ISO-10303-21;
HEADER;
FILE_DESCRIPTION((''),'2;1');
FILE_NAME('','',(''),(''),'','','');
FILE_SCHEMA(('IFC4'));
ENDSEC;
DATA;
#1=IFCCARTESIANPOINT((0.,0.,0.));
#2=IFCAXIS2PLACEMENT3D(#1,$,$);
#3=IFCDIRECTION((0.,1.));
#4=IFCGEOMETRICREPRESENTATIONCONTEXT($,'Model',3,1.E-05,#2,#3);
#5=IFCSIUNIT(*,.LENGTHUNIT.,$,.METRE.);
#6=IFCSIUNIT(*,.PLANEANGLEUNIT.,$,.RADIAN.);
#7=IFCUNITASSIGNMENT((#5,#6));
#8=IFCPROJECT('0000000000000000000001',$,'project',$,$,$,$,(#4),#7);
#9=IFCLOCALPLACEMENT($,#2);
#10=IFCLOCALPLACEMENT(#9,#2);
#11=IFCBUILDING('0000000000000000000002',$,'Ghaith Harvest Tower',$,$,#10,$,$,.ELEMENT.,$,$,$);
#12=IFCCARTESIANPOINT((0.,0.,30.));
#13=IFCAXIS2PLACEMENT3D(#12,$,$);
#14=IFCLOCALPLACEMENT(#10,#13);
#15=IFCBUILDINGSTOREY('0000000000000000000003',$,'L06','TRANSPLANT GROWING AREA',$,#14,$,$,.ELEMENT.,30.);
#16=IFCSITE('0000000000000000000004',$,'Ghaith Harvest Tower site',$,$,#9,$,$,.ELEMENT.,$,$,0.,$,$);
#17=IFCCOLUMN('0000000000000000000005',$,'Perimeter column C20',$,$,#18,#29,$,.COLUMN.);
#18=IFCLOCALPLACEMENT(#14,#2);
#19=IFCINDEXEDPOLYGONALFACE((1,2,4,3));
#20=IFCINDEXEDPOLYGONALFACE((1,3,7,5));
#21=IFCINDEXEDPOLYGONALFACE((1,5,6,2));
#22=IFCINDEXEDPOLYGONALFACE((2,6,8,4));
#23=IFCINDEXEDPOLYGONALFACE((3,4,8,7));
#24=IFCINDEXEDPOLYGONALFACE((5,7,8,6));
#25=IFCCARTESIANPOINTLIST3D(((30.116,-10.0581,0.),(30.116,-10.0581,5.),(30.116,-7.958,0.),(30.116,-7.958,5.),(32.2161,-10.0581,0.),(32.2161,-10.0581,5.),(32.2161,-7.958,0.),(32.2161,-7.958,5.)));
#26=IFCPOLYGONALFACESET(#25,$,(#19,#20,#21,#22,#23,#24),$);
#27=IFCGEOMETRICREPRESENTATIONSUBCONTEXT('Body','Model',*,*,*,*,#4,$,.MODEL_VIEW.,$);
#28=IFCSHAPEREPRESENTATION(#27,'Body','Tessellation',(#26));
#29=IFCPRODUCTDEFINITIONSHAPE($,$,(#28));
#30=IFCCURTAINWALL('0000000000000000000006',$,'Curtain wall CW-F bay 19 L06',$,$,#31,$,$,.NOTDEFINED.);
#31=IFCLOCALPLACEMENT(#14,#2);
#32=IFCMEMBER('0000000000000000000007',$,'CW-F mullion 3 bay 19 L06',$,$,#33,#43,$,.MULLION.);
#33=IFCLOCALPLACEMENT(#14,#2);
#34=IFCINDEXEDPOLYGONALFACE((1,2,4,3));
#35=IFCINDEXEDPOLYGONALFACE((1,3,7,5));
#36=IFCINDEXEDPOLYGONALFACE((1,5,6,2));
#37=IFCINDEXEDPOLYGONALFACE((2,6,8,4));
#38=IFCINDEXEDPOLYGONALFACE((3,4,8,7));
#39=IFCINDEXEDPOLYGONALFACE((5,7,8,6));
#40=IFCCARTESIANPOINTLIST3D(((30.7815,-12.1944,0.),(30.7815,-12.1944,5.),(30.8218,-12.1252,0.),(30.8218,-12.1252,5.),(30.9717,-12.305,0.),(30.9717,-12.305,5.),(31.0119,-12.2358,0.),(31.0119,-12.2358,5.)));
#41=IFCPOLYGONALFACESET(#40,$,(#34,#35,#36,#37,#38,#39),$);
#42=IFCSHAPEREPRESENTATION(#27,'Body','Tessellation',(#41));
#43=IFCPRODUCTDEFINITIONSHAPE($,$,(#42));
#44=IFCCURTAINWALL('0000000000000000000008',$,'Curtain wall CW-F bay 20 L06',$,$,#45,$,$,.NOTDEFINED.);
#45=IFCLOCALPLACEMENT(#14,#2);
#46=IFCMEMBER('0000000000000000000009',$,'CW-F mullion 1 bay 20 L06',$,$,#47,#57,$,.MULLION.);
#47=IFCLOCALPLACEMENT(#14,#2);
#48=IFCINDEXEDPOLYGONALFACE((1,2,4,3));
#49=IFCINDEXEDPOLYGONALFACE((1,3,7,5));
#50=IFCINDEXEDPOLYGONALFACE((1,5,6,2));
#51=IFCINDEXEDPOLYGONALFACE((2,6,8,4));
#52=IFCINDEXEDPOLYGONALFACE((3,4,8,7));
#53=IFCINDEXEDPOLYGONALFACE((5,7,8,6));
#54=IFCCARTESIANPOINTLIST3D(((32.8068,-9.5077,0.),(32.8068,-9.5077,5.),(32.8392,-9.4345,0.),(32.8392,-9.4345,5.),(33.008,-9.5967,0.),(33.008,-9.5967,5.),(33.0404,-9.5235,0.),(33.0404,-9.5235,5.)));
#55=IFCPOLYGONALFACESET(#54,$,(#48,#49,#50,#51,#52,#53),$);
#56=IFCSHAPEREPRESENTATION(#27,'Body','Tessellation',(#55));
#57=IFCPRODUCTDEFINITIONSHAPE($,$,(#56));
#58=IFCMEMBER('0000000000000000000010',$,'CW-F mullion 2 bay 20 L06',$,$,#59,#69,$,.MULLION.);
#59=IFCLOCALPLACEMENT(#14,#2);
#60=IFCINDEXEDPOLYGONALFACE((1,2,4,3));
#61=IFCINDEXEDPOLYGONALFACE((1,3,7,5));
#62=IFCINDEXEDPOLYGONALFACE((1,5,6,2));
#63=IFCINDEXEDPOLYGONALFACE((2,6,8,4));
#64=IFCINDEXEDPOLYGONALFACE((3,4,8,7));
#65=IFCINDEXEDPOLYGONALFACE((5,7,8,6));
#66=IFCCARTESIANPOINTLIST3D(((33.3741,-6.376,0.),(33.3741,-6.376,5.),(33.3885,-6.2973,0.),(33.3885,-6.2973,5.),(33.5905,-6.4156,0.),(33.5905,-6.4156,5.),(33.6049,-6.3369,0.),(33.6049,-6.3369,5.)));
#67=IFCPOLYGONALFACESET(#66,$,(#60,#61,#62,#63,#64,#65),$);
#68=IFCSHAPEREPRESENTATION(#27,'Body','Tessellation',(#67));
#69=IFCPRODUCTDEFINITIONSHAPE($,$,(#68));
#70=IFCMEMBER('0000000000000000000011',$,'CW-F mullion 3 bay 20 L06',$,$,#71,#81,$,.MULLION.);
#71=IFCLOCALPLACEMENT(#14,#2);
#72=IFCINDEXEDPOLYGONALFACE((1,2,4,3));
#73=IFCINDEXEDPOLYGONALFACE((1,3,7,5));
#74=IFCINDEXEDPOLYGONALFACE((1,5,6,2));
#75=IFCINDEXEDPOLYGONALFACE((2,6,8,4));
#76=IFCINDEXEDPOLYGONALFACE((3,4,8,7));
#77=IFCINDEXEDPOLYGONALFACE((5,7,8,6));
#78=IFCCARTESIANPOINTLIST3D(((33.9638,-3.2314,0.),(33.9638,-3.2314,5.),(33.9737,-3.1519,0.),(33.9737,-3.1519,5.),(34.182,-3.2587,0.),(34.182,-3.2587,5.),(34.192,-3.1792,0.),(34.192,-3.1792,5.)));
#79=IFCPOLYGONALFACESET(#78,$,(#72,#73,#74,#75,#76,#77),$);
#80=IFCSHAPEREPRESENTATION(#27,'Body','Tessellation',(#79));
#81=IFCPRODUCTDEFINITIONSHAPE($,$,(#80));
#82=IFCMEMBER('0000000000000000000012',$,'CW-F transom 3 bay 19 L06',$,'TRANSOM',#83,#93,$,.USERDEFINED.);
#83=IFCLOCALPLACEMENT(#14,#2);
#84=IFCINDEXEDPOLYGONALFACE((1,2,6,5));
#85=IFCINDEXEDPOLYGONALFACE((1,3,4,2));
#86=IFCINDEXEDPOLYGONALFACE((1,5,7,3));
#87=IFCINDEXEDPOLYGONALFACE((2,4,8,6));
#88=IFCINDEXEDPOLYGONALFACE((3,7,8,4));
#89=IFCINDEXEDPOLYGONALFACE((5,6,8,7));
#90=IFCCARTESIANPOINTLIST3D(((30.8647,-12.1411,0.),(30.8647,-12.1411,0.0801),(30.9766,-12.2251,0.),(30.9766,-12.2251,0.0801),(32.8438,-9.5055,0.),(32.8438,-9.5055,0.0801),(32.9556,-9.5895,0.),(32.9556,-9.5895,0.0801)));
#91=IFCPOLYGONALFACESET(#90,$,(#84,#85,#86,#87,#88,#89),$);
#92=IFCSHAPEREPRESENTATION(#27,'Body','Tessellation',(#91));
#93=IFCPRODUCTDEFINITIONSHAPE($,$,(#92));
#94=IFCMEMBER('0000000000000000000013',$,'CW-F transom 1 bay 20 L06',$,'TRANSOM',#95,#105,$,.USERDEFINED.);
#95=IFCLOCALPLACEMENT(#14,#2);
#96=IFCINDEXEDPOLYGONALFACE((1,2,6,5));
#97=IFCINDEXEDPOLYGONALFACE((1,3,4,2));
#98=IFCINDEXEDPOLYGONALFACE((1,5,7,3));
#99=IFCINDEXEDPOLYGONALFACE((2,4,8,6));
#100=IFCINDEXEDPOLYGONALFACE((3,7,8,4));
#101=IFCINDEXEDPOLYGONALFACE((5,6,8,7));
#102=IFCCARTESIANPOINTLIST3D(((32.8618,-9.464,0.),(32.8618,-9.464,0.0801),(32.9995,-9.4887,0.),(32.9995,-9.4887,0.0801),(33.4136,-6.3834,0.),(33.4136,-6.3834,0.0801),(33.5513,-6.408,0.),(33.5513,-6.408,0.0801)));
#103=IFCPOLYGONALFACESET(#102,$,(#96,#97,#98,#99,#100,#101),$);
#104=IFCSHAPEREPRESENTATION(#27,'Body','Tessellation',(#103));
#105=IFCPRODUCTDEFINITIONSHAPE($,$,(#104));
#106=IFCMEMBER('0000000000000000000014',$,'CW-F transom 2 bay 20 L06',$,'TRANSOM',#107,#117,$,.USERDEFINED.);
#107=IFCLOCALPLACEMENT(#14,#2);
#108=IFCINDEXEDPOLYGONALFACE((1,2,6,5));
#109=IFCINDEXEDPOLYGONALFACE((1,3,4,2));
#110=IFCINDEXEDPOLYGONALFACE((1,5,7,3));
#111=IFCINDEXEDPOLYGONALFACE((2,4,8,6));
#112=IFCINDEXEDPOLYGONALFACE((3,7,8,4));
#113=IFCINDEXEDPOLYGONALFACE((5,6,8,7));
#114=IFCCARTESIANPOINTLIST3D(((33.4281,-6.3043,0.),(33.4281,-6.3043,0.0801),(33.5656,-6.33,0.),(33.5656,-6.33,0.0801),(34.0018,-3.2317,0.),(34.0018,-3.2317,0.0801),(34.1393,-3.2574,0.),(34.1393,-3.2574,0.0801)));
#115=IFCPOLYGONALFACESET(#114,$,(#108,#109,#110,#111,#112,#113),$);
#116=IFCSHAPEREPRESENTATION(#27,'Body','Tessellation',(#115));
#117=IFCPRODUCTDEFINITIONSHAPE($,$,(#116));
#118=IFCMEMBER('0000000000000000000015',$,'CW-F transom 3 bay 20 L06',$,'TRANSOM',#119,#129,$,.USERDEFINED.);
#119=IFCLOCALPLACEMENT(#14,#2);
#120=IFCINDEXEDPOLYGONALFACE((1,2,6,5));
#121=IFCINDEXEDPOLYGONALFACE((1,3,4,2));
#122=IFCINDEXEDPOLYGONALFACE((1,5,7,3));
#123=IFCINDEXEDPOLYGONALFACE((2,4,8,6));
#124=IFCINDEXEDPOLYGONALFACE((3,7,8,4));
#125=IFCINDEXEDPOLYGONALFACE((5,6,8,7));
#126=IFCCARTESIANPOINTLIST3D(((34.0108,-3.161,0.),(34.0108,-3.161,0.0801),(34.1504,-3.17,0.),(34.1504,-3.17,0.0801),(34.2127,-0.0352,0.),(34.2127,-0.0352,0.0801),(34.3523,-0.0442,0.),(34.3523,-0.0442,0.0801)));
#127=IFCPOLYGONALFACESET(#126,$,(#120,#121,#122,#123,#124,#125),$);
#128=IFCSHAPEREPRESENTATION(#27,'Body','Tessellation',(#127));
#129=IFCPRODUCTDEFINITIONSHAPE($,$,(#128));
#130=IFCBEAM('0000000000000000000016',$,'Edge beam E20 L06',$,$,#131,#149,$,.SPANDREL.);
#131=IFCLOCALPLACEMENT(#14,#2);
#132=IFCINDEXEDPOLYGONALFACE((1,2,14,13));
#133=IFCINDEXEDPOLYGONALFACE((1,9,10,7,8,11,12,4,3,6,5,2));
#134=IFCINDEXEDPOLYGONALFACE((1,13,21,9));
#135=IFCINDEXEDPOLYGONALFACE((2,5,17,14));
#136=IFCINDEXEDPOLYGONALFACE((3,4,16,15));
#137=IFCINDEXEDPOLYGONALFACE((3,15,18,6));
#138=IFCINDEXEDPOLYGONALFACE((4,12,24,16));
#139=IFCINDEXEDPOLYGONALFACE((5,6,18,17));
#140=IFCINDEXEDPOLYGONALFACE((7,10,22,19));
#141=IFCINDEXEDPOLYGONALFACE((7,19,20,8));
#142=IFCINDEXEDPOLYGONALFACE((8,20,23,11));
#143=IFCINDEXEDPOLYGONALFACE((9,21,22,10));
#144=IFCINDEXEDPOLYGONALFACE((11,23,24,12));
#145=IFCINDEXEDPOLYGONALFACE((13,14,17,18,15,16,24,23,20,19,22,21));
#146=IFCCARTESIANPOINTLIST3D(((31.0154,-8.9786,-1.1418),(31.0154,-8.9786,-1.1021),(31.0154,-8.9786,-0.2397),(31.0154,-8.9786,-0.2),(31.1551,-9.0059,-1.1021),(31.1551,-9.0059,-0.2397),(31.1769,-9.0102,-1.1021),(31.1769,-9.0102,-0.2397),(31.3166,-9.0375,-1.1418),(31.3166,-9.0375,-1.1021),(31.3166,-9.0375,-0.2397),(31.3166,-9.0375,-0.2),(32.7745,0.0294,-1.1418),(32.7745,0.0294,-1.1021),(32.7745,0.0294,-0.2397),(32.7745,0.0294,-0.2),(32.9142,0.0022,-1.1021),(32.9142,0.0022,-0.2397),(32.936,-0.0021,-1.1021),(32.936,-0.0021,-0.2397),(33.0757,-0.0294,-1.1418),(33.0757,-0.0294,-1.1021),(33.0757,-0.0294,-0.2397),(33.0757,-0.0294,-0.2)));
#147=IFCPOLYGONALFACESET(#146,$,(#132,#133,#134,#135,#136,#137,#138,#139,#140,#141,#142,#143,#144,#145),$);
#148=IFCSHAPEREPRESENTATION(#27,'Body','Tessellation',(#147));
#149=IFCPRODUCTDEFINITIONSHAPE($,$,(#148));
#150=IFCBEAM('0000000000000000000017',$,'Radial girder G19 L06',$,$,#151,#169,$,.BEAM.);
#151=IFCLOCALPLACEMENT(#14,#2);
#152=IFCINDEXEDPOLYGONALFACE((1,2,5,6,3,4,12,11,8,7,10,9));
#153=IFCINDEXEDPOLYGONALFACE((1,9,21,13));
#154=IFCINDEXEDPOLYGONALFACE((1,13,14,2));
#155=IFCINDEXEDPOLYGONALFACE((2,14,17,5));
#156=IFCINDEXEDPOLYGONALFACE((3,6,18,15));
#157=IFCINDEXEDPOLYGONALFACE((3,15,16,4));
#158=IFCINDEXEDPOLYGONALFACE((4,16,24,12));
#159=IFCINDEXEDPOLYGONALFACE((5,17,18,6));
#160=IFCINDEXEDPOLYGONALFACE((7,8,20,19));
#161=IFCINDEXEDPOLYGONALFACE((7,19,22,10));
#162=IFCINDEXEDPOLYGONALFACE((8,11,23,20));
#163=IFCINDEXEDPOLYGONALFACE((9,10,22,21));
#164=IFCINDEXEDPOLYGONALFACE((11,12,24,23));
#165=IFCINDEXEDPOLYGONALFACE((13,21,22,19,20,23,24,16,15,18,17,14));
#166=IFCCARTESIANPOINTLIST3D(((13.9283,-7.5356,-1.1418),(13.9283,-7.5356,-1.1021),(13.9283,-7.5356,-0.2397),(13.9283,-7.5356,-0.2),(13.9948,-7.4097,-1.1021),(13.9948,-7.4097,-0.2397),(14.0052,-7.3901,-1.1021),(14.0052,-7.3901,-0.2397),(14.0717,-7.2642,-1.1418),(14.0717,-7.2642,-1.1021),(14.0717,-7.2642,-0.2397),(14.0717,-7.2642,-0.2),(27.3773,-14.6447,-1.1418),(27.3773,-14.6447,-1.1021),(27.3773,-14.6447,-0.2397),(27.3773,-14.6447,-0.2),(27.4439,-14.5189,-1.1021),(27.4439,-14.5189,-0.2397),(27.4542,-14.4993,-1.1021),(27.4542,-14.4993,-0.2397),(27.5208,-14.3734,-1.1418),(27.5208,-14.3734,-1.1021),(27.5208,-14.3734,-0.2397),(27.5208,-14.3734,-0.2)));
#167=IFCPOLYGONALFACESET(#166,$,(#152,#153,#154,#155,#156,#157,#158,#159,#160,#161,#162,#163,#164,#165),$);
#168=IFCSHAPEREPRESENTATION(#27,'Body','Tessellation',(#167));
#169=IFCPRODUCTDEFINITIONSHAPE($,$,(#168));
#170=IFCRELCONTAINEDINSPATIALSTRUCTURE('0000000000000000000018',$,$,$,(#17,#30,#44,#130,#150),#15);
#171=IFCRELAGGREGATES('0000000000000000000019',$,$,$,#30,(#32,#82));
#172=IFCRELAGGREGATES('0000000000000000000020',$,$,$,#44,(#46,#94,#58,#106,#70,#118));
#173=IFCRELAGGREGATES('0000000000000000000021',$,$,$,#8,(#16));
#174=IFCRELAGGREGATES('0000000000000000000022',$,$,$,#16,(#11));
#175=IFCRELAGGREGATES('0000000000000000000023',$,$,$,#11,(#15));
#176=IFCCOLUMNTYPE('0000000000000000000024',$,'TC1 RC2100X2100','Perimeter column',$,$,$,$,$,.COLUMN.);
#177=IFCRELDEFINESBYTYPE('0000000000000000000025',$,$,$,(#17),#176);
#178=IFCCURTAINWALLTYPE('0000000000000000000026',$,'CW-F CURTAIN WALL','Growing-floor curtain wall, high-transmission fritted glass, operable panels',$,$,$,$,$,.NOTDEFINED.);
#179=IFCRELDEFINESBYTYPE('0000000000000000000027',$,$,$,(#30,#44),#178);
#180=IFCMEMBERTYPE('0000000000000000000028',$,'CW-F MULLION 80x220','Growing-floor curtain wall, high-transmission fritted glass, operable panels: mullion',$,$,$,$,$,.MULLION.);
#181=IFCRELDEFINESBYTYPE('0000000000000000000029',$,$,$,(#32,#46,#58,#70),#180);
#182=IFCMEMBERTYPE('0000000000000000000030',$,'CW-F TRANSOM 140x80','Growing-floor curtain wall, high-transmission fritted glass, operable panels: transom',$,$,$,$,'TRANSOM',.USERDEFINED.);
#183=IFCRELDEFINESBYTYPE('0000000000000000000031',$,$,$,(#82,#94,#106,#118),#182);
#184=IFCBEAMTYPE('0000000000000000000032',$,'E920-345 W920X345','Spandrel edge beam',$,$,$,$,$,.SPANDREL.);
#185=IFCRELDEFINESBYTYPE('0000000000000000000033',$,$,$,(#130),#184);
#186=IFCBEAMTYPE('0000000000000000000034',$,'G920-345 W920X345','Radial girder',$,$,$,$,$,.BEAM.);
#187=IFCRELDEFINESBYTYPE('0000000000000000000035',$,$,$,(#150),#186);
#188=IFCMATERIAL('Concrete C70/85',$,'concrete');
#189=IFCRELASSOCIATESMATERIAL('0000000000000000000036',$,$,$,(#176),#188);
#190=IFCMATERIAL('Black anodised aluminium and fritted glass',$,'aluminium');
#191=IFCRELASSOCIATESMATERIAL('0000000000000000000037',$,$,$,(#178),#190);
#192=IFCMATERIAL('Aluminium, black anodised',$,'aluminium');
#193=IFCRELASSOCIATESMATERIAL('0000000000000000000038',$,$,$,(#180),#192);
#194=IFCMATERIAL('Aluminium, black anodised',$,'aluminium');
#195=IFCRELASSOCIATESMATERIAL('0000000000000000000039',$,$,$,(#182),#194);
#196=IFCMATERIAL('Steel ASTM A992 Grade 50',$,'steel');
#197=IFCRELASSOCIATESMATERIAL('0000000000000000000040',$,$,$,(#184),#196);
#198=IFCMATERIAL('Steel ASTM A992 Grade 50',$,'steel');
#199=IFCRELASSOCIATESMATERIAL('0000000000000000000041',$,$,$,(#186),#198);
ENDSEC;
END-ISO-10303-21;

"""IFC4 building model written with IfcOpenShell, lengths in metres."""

from ifc_helpers import new_model, si_unit, direction, frame, origin, origin_2d, place, context, subcontext, project, spatial, rectangle, i_section, extrude, material, material_profile, profile_set, type_object, element, aggregate, save


model = new_model("IFC4")

# Units and contexts
model_context = context("Model", 3, precision=1e-05, world=origin(), true_north=direction((0.0, 1.0)))
body_context = subcontext(model_context, "Body", "Model", "MODEL_VIEW")
ifc_project = project(units=[si_unit("LENGTHUNIT", "METRE"), si_unit("PLANEANGLEUNIT", "RADIAN")], contexts=[model_context])

# Site, building, storey
site_placement = place(None, origin())
site = spatial("IfcSite", under=ifc_project, at=site_placement, Name="Ghaith Harvest Tower site", CompositionType="ELEMENT", RefElevation=0.0)
building_placement = place(site_placement, origin())
building = spatial("IfcBuilding", under=site, at=building_placement, Name="Ghaith Harvest Tower", CompositionType="ELEMENT")
storey_placement = place(building_placement, frame((0.0, 0.0, 30.0)))
storey = spatial("IfcBuildingStorey", under=building, at=storey_placement, Name="L06", Description="TRANSPLANT GROWING AREA", CompositionType="ELEMENT", Elevation=30.0)

# Column
ifc_material_1 = material(Name="Concrete C70/85", Category="concrete")
ifc_material_profile_1 = material_profile(ifc_material_1, rectangle(XDim=2.1001, YDim=2.1001, at=origin_2d()), Name="RC2100X2100")
ifc_profile_set_1 = profile_set([ifc_material_profile_1], Name="Concrete C70/85")
column_type = type_object("IfcColumnType", Name="TC1 RC2100X2100", Description="Perimeter column", PredefinedType="COLUMN", material=ifc_profile_set_1)
column_placement = place(storey_placement, frame((31.166, -9.0081, 0.0), z_axis=(0.0, 0.0, 1.0), x_axis=(1.0, 0.0, 0.0)))
element("IfcColumn", 1, at=column_placement, inside=storey, type_object=column_type, Name="Perimeter column C20", PredefinedType="COLUMN", context=body_context, shape_type="SweptSolid", body=[
    extrude(rectangle(XDim=2.1001, YDim=2.1001, at=origin_2d()), origin(), (0.0, 0.0, 1.0), 5.0),
])

# Curtain wall, member
ifc_material_2 = material(Name="Black anodised aluminium and fritted glass", Category="aluminium")
curtain_wall_type = type_object("IfcCurtainWallType", Name="CW-F CURTAIN WALL", Description="Growing-floor curtain wall, high-transmission fritted glass, operable panels", PredefinedType="NOTDEFINED", material=ifc_material_2)
curtain_wall_1_placement = place(storey_placement, origin())
curtain_wall_1 = element("IfcCurtainWall", 2, at=curtain_wall_1_placement, inside=storey, type_object=curtain_wall_type, Name="Curtain wall CW-F bay 19 L06", PredefinedType="NOTDEFINED")
ifc_material_3 = material(Name="Aluminium, black anodised", Category="aluminium")
ifc_material_profile_2 = material_profile(ifc_material_3, rectangle(XDim=0.0801, YDim=0.22, at=origin_2d()), Name="CW-F MULLION 80x220")
ifc_profile_set_2 = profile_set([ifc_material_profile_2], Name="Aluminium, black anodised")
member_type_1 = type_object("IfcMemberType", Name="CW-F MULLION 80x220", Description="Growing-floor curtain wall, high-transmission fritted glass, operable panels: mullion", PredefinedType="MULLION", material=ifc_profile_set_2)
member_1_placement = place(storey_placement, frame((30.8967, -12.2151, 0.0), z_axis=(0.0, 0.0, 1.0), x_axis=(0.502795, 0.864406, 0.0)))
member_1 = element("IfcMember", 3, at=member_1_placement, type_object=member_type_1, Name="CW-F mullion 3 bay 19 L06", PredefinedType="MULLION", context=body_context, shape_type="SweptSolid", body=[
    extrude(rectangle(XDim=0.0801, YDim=0.22, at=origin_2d()), origin(), (0.0, 0.0, 1.0), 5.0),
])

# Curtain wall, members
curtain_wall_2_placement = place(storey_placement, origin())
curtain_wall_2 = element("IfcCurtainWall", 4, at=curtain_wall_2_placement, inside=storey, type_object=curtain_wall_type, Name="Curtain wall CW-F bay 20 L06", PredefinedType="NOTDEFINED")
member_2_placement = place(storey_placement, frame((32.9236, -9.5156, 0.0), z_axis=(0.0, 0.0, 1.0), x_axis=(0.404702, 0.914449, 0.0)))
member_2 = element("IfcMember", 5, at=member_2_placement, type_object=member_type_1, Name="CW-F mullion 1 bay 20 L06", PredefinedType="MULLION", context=body_context, shape_type="SweptSolid", body=[
    extrude(rectangle(XDim=0.0801, YDim=0.22, at=origin_2d()), origin(), (0.0, 0.0, 1.0), 5.0),
])
member_3_placement = place(storey_placement, frame((33.4895, -6.3564, 0.0), z_axis=(0.0, 0.0, 1.0), x_axis=(0.179943, 0.983677, 0.0)))
member_3 = element("IfcMember", 6, at=member_3_placement, type_object=member_type_1, Name="CW-F mullion 2 bay 20 L06", PredefinedType="MULLION", context=body_context, shape_type="SweptSolid", body=[
    extrude(rectangle(XDim=0.0801, YDim=0.22, at=origin_2d()), origin(), (0.0, 0.0, 1.0), 5.0),
])
member_4_placement = place(storey_placement, frame((34.0779, -3.2053, 0.0), z_axis=(0.0, 0.0, 1.0), x_axis=(0.12417, 0.992261, 0.0)))
member_4 = element("IfcMember", 7, at=member_4_placement, type_object=member_type_1, Name="CW-F mullion 3 bay 20 L06", PredefinedType="MULLION", context=body_context, shape_type="SweptSolid", body=[
    extrude(rectangle(XDim=0.0801, YDim=0.22, at=origin_2d()), origin(), (0.0, 0.0, 1.0), 5.0),
])

# Members
ifc_material_4 = material(Name="Aluminium, black anodised", Category="aluminium")
ifc_material_profile_3 = material_profile(ifc_material_4, rectangle(XDim=0.1399, YDim=0.0801, at=origin_2d()), Name="CW-F TRANSOM 140x80")
ifc_profile_set_3 = profile_set([ifc_material_profile_3], Name="Aluminium, black anodised")
member_type_2 = type_object("IfcMemberType", Name="CW-F TRANSOM 140x80", Description="Growing-floor curtain wall, high-transmission fritted glass, operable panels: transom", ElementType="TRANSOM", PredefinedType="USERDEFINED", material=ifc_profile_set_3)
member_5_placement = place(storey_placement, frame((30.9207, -12.1831, 0.04), z_axis=(0.600462, 0.799653, 0.0), x_axis=(-0.799653, 0.600462, 0.0)))
member_5 = element("IfcMember", 8, at=member_5_placement, type_object=member_type_2, Name="CW-F transom 3 bay 19 L06", ObjectType="TRANSOM", PredefinedType="USERDEFINED", context=body_context, shape_type="SweptSolid", body=[
    extrude(rectangle(XDim=0.1399, YDim=0.0801, at=origin_2d()), origin(), (0.0, 0.0, 1.0), 3.2959),
])
member_6_placement = place(storey_placement, frame((32.9307, -9.4763, 0.04), z_axis=(0.176304, 0.984336, 0.0), x_axis=(-0.984336, 0.176304, 0.0)))
member_6 = element("IfcMember", 9, at=member_6_placement, type_object=member_type_2, Name="CW-F transom 1 bay 20 L06", ObjectType="TRANSOM", PredefinedType="USERDEFINED", context=body_context, shape_type="SweptSolid", body=[
    extrude(rectangle(XDim=0.1399, YDim=0.0801, at=origin_2d()), origin(), (0.0, 0.0, 1.0), 3.1296),
])
member_7_placement = place(storey_placement, frame((33.4968, -6.3171, 0.04), z_axis=(0.183557, 0.983009, 0.0), x_axis=(-0.983009, 0.183557, 0.0)))
member_7 = element("IfcMember", 10, at=member_7_placement, type_object=member_type_2, Name="CW-F transom 2 bay 20 L06", ObjectType="TRANSOM", PredefinedType="USERDEFINED", context=body_context, shape_type="SweptSolid", body=[
    extrude(rectangle(XDim=0.1399, YDim=0.0801, at=origin_2d()), origin(), (0.0, 0.0, 1.0), 3.1257),
])
member_8_placement = place(storey_placement, frame((34.0806, -3.1655, 0.04), z_axis=(0.06446, 0.99792, 0.0), x_axis=(-0.99792, 0.06446, 0.0)))
member_8 = element("IfcMember", 11, at=member_8_placement, type_object=member_type_2, Name="CW-F transom 3 bay 20 L06", ObjectType="TRANSOM", PredefinedType="USERDEFINED", context=body_context, shape_type="SweptSolid", body=[
    extrude(rectangle(XDim=0.1399, YDim=0.0801, at=origin_2d()), origin(), (0.0, 0.0, 1.0), 3.1323),
])

# Beams
ifc_material_5 = material(Name="Steel ASTM A992 Grade 50", Category="steel")
ifc_material_profile_4 = material_profile(ifc_material_5, i_section(OverallWidth=0.3069, OverallDepth=0.9419, WebThickness=0.0222, FlangeThickness=0.0398, at=origin_2d()), Name="W920X345")
ifc_profile_set_4 = profile_set([ifc_material_profile_4], Name="Steel ASTM A992 Grade 50")
beam_type_1 = type_object("IfcBeamType", Name="E920-345 W920X345", Description="Spandrel edge beam", PredefinedType="SPANDREL", material=ifc_profile_set_4)
beam_1_placement = place(storey_placement, frame((31.166, -9.0081, -0.6709), z_axis=(0.191653, 0.981463, 0.0), x_axis=(-0.981463, 0.191653, 0.0)))
element("IfcBeam", 12, at=beam_1_placement, inside=storey, type_object=beam_type_1, Name="Edge beam E20 L06", PredefinedType="SPANDREL", context=body_context, shape_type="SweptSolid", body=[
    extrude(i_section(OverallWidth=0.3069, OverallDepth=0.9419, WebThickness=0.0222, FlangeThickness=0.0398, at=origin_2d()), origin(), (0.0, 0.0, 1.0), 9.1782),
])
ifc_material_6 = material(Name="Steel ASTM A992 Grade 50", Category="steel")
ifc_material_profile_5 = material_profile(ifc_material_6, i_section(OverallWidth=0.3069, OverallDepth=0.9419, WebThickness=0.0222, FlangeThickness=0.0398, at=origin_2d()), Name="W920X345")
ifc_profile_set_5 = profile_set([ifc_material_profile_5], Name="Steel ASTM A992 Grade 50")
beam_type_2 = type_object("IfcBeamType", Name="G920-345 W920X345", Description="Radial girder", PredefinedType="BEAM", material=ifc_profile_set_5)
beam_2_placement = place(storey_placement, frame((14.0, -7.3999, -0.6709), z_axis=(0.884084, -0.467327, 0.0), x_axis=(0.467327, 0.884084, 0.0)))
element("IfcBeam", 13, at=beam_2_placement, inside=storey, type_object=beam_type_2, Name="Radial girder G19 L06", PredefinedType="BEAM", context=body_context, shape_type="SweptSolid", body=[
    extrude(i_section(OverallWidth=0.3069, OverallDepth=0.9419, WebThickness=0.0222, FlangeThickness=0.0398, at=origin_2d()), origin(), (0.0, 0.0, 1.0), 15.2124),
])

aggregate(curtain_wall_1, [member_1, member_5])
aggregate(curtain_wall_2, [member_2, member_6, member_3, member_7, member_4, member_8])

save(model, "model.ifc")
